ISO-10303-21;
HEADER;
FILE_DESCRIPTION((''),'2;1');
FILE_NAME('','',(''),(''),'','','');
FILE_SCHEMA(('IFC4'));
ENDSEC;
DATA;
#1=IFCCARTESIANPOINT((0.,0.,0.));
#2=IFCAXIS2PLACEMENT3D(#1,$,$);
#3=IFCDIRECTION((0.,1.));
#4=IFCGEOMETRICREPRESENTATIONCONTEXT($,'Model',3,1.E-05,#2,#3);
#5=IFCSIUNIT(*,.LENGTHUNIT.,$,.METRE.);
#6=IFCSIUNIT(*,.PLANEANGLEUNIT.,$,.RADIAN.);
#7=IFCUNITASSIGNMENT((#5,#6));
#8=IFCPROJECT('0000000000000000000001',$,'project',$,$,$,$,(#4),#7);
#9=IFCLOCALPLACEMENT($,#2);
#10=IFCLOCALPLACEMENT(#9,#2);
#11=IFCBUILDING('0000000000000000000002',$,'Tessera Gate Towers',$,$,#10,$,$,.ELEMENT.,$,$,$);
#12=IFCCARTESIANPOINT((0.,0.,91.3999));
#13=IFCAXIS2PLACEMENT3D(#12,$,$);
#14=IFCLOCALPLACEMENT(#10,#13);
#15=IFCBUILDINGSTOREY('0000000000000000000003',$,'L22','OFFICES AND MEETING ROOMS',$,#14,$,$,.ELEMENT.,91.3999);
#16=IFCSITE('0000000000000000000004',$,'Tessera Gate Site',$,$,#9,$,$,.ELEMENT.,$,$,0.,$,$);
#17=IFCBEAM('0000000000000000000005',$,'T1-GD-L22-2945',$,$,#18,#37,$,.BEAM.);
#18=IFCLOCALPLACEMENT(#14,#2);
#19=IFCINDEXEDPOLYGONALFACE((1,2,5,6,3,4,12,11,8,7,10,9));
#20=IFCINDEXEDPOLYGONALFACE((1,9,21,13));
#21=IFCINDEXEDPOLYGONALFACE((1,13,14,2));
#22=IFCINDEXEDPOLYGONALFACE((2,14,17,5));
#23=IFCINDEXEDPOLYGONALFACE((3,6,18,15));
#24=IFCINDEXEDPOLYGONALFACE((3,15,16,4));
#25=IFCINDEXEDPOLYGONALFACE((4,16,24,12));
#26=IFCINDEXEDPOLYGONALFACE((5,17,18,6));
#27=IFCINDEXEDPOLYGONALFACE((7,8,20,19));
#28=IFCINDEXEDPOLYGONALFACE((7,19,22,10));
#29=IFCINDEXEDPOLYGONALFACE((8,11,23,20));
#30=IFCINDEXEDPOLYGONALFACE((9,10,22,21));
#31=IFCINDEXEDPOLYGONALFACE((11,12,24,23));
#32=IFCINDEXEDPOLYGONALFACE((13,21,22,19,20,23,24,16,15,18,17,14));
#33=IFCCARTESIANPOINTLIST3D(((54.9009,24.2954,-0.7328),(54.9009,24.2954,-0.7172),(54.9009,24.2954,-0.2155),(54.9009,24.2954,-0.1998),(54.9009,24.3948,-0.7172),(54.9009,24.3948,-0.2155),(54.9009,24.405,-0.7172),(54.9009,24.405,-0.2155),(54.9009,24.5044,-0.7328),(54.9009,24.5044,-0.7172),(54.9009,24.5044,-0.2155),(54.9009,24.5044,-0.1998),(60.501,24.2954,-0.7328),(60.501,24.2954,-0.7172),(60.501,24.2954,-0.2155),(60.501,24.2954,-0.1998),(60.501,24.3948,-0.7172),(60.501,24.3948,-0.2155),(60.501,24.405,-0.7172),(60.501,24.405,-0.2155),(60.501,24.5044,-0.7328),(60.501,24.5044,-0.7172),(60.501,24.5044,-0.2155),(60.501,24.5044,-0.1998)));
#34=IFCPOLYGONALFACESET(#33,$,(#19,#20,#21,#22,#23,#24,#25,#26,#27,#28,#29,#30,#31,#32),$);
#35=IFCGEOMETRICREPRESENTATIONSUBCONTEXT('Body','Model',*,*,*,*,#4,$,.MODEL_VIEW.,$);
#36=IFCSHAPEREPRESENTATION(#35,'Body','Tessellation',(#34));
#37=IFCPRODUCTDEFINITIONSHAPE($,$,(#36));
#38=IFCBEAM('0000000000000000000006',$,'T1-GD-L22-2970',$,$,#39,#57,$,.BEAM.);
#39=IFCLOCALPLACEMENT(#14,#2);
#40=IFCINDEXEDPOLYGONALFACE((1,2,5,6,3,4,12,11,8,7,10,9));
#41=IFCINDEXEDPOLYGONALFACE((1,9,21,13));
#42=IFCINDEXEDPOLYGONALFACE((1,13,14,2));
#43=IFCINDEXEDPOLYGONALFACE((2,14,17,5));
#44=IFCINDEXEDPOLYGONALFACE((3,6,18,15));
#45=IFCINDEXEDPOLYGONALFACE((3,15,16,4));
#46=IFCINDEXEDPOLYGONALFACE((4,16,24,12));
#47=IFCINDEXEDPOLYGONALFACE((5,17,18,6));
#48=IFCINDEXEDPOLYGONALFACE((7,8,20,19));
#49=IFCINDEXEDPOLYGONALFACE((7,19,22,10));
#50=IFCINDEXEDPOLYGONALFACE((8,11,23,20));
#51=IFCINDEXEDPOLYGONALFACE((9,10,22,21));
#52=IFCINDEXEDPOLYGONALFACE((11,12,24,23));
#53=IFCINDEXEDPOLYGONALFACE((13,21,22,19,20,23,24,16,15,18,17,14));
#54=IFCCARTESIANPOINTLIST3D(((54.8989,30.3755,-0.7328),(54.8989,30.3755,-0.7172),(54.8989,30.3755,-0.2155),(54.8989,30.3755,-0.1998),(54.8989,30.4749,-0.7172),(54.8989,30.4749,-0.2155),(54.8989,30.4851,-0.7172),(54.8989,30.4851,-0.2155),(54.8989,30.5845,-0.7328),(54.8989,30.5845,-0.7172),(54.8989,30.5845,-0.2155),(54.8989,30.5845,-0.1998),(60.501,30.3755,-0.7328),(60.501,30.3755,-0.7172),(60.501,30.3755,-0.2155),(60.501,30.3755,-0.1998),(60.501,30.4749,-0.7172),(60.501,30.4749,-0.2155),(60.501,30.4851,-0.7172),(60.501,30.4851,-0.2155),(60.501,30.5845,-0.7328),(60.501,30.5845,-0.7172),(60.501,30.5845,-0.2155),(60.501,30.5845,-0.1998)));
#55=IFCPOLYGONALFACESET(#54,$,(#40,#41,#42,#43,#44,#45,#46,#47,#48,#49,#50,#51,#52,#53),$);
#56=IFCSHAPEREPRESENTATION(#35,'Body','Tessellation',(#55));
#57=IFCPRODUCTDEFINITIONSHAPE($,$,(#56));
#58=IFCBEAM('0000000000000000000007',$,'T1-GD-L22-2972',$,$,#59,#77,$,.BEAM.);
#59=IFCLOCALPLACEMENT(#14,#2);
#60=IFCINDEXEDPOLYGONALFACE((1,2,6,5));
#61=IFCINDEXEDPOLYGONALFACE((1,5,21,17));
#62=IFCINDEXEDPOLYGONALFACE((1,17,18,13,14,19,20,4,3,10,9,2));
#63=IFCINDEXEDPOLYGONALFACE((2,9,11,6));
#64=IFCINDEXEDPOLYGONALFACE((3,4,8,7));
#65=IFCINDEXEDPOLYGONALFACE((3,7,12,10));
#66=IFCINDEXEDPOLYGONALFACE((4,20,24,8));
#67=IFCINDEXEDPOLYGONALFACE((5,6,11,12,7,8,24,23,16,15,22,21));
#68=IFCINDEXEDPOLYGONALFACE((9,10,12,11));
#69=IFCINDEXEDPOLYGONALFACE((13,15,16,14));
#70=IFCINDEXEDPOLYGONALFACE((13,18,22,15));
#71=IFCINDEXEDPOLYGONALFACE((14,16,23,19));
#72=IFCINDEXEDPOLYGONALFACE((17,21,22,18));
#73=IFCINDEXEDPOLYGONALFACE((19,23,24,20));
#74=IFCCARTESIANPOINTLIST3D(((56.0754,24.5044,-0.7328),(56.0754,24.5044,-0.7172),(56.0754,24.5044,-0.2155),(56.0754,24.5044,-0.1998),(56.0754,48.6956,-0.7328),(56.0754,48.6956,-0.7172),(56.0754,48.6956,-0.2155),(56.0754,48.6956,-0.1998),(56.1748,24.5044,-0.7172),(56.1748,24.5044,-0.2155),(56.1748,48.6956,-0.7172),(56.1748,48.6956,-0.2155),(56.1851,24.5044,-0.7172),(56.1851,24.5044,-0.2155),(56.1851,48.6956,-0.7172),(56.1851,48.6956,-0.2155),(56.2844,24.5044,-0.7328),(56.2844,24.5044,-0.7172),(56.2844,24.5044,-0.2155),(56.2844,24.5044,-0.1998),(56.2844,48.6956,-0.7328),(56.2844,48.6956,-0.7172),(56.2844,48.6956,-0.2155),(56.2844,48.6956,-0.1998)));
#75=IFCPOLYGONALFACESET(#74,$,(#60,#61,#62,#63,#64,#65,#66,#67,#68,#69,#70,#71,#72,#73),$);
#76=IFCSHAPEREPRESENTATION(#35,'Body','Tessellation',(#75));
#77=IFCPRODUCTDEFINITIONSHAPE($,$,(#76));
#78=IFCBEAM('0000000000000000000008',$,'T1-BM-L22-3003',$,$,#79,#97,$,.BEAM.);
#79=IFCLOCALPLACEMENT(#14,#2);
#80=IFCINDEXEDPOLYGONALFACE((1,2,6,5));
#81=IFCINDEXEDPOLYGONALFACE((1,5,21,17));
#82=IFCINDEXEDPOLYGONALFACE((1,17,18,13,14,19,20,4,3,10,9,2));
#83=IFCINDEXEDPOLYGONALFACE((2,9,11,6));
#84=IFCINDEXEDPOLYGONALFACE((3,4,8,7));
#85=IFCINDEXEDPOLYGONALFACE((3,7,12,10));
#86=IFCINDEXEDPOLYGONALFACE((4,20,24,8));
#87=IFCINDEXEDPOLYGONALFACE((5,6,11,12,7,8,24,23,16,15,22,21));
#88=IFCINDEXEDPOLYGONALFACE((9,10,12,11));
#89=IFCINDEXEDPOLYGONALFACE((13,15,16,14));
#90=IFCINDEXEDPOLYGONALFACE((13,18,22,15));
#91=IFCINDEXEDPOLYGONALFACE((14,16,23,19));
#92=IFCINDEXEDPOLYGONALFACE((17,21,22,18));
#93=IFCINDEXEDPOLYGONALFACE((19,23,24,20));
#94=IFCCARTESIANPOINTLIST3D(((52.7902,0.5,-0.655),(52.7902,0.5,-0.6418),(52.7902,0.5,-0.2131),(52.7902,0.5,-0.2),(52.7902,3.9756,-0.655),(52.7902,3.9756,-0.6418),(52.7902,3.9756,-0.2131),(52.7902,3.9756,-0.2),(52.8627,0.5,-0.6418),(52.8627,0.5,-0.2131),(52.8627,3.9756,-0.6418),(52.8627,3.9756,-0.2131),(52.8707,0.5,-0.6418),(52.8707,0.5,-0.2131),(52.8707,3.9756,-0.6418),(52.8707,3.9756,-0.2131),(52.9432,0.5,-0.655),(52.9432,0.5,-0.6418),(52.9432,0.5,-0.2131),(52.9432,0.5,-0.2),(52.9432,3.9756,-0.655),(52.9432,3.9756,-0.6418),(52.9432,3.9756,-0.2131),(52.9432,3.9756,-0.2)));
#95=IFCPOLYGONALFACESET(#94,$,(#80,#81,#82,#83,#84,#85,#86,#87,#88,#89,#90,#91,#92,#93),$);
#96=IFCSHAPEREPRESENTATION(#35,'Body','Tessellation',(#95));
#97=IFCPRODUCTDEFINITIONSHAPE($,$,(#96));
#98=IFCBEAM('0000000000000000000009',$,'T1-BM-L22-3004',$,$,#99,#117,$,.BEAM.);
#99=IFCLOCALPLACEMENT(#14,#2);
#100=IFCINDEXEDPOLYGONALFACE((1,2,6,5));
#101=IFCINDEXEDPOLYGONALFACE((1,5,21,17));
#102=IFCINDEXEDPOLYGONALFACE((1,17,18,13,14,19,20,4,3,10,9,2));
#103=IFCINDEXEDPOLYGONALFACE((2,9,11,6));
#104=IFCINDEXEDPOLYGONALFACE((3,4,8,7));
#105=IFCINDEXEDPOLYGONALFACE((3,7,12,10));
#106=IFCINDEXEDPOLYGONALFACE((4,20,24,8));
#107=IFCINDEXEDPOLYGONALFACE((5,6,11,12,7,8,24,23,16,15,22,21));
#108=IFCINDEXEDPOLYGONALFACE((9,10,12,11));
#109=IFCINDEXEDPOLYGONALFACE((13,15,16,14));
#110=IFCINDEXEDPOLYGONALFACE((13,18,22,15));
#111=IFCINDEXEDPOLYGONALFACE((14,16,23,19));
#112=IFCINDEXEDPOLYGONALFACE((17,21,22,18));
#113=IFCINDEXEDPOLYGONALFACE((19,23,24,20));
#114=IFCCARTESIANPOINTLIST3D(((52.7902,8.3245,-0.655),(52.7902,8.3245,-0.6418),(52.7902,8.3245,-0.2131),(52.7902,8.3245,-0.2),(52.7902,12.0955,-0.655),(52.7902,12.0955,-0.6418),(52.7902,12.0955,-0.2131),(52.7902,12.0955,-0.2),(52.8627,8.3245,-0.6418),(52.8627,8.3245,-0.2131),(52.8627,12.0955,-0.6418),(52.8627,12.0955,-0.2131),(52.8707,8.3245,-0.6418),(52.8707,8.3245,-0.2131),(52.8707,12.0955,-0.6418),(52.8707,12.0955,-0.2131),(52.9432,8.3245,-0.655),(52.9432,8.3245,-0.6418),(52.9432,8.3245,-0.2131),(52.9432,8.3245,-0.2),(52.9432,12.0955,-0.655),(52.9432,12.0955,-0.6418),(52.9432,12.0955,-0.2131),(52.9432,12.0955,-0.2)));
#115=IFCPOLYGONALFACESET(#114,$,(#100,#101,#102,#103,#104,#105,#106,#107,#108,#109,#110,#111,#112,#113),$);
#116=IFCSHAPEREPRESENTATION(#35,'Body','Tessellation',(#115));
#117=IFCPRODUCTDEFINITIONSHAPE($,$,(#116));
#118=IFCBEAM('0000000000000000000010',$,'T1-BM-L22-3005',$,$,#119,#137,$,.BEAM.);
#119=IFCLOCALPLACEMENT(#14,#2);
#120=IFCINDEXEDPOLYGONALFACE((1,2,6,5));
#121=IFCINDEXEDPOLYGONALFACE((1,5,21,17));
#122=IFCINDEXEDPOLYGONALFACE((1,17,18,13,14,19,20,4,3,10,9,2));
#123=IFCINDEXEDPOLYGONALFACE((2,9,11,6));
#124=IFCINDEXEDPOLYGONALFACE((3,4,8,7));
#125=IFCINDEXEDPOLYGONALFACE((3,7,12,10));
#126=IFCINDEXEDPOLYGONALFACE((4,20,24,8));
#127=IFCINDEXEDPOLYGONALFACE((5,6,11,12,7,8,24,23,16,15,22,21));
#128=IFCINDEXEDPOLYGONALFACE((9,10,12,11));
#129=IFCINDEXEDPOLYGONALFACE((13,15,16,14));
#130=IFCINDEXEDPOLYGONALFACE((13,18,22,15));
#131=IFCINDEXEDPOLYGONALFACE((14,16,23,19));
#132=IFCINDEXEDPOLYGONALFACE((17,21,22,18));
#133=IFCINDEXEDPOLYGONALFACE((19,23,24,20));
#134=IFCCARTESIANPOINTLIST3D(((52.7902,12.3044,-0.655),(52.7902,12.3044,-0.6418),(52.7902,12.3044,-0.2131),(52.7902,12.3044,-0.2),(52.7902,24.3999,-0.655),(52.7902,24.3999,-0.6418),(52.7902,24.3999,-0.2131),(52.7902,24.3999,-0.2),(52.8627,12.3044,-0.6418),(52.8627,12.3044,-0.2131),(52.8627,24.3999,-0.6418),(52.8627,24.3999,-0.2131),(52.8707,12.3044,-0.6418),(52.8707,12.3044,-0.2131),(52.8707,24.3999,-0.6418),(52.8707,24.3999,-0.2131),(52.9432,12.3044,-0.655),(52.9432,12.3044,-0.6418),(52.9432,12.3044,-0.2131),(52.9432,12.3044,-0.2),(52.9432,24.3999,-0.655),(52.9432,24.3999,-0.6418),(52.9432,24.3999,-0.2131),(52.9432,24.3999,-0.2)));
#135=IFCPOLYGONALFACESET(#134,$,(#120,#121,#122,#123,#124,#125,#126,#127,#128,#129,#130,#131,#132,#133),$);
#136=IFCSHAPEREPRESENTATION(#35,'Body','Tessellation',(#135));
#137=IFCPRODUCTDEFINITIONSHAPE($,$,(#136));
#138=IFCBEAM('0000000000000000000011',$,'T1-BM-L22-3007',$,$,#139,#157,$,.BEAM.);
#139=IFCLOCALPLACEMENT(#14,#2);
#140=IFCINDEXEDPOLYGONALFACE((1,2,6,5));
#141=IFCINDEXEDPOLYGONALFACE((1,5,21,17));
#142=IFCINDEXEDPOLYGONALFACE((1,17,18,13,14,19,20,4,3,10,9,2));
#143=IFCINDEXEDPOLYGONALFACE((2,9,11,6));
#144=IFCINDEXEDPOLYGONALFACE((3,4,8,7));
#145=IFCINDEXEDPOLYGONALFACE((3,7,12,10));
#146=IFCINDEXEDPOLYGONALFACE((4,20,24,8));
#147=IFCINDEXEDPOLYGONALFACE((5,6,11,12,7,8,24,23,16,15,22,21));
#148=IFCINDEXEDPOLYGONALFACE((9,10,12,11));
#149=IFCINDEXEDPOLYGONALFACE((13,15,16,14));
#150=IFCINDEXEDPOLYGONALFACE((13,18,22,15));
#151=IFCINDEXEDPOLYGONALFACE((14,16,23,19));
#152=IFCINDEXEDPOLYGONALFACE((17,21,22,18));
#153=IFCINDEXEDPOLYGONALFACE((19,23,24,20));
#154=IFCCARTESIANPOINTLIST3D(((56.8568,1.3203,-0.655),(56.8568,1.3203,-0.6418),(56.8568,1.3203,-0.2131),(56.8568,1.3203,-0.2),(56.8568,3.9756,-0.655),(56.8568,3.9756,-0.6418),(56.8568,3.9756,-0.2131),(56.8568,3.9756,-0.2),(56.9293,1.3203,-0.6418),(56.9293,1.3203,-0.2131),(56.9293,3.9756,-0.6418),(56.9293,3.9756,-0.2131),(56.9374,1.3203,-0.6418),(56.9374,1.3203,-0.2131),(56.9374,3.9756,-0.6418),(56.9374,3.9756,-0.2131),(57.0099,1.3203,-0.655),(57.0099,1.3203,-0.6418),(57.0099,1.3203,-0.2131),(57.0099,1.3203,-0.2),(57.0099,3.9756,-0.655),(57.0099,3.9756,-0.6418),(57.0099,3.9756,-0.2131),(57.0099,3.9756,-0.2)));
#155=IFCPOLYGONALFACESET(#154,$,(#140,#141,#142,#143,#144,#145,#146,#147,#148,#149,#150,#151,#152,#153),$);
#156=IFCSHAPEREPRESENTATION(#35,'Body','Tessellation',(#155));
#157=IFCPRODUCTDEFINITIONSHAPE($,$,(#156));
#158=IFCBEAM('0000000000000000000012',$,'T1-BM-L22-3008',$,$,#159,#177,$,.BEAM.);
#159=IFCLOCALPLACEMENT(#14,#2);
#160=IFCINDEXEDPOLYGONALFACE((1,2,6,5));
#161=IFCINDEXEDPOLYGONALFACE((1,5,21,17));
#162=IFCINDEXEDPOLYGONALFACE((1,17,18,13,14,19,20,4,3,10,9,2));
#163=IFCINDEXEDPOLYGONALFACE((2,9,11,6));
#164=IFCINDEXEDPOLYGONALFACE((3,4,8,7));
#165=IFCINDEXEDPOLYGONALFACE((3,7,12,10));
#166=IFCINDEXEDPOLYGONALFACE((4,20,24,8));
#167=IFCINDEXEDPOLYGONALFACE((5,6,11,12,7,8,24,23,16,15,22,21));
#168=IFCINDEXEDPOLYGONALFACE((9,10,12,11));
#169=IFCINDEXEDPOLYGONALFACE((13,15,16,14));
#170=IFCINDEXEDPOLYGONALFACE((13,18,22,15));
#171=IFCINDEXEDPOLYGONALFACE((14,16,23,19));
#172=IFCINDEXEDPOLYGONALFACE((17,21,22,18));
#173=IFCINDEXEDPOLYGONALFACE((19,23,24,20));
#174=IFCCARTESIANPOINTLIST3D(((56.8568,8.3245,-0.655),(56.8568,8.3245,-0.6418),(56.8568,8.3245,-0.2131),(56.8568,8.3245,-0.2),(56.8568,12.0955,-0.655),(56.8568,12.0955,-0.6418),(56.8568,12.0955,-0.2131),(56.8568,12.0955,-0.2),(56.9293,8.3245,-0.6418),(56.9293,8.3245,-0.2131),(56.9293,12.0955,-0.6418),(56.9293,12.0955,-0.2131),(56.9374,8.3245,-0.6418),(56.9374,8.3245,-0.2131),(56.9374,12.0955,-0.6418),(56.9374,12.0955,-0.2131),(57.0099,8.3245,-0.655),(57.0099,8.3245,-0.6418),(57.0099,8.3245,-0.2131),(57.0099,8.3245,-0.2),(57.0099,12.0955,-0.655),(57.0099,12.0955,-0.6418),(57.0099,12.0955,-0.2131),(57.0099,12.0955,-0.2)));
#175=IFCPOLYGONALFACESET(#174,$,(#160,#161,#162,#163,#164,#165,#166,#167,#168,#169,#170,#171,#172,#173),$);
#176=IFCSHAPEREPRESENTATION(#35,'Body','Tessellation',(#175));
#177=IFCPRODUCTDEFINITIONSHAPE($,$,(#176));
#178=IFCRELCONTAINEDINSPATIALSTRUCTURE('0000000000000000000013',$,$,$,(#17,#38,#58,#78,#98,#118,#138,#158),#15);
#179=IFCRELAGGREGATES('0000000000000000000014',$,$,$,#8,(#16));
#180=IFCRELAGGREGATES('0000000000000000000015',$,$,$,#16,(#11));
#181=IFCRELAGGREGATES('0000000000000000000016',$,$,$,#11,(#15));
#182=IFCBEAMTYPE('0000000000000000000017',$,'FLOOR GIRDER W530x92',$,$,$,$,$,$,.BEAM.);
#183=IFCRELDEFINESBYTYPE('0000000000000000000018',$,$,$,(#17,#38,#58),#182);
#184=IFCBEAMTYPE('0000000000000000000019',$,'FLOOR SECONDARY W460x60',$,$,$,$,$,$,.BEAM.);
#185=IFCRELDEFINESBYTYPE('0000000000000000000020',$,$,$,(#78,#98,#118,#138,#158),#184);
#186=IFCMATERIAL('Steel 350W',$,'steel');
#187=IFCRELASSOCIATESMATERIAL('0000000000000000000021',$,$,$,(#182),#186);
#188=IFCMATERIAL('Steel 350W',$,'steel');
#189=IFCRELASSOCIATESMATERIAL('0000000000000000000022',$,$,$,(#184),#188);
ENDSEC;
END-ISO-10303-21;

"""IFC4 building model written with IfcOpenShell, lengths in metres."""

from ifc_helpers import new_model, si_unit, direction, frame, origin, origin_2d, place, context, subcontext, project, spatial, i_section, extrude, material, material_profile, profile_set, type_object, element, save


model = new_model("IFC4")

# Units and contexts
model_context = context("Model", 3, precision=1e-05, world=origin(), true_north=direction((0.0, 1.0)))
body_context = subcontext(model_context, "Body", "Model", "MODEL_VIEW")
ifc_project = project(units=[si_unit("LENGTHUNIT", "METRE"), si_unit("PLANEANGLEUNIT", "RADIAN")], contexts=[model_context])

# Site, building, storey
site_placement = place(None, origin())
site = spatial("IfcSite", under=ifc_project, at=site_placement, Name="Tessera Gate Site", CompositionType="ELEMENT", RefElevation=0.0)
building_placement = place(site_placement, origin())
building = spatial("IfcBuilding", under=site, at=building_placement, Name="Tessera Gate Towers", CompositionType="ELEMENT")
storey_placement = place(building_placement, frame((0.0, 0.0, 91.3999)))
storey = spatial("IfcBuildingStorey", under=building, at=storey_placement, Name="L22", Description="OFFICES AND MEETING ROOMS", CompositionType="ELEMENT", Elevation=91.3999)

# Beams
ifc_material_1 = material(Name="Steel 350W", Category="steel")
ifc_material_profile_1 = material_profile(ifc_material_1, i_section(OverallWidth=0.209, OverallDepth=0.533, WebThickness=0.0103, FlangeThickness=0.0156, at=origin_2d()), Name="W530x92")
ifc_profile_set_1 = profile_set([ifc_material_profile_1], Name="Steel 350W")
beam_type_1 = type_object("IfcBeamType", Name="FLOOR GIRDER W530x92", PredefinedType="BEAM", material=ifc_profile_set_1)
beam_1_placement = place(storey_placement, frame((54.9009, 24.3999, -0.4663), z_axis=(1.0, 0.0, 0.0), x_axis=(0.0, 1.0, 0.0)))
element("IfcBeam", 1, at=beam_1_placement, inside=storey, type_object=beam_type_1, Name="T1-GD-L22-2945", PredefinedType="BEAM", context=body_context, shape_type="SweptSolid", body=[
    extrude(i_section(OverallWidth=0.209, OverallDepth=0.533, WebThickness=0.0103, FlangeThickness=0.0156, at=origin_2d()), origin(), (0.0, 0.0, 1.0), 5.6001),
])
beam_2_placement = place(storey_placement, frame((54.8989, 30.48, -0.4663), z_axis=(1.0, 0.0, 0.0), x_axis=(0.0, 1.0, 0.0)))
element("IfcBeam", 2, at=beam_2_placement, inside=storey, type_object=beam_type_1, Name="T1-GD-L22-2970", PredefinedType="BEAM", context=body_context, shape_type="SweptSolid", body=[
    extrude(i_section(OverallWidth=0.209, OverallDepth=0.533, WebThickness=0.0103, FlangeThickness=0.0156, at=origin_2d()), origin(), (0.0, 0.0, 1.0), 5.6021),
])
beam_3_placement = place(storey_placement, frame((56.1799, 24.5044, -0.4663), z_axis=(0.0, 1.0, 0.0), x_axis=(-1.0, 0.0, 0.0)))
element("IfcBeam", 3, at=beam_3_placement, inside=storey, type_object=beam_type_1, Name="T1-GD-L22-2972", PredefinedType="BEAM", context=body_context, shape_type="SweptSolid", body=[
    extrude(i_section(OverallWidth=0.209, OverallDepth=0.533, WebThickness=0.0103, FlangeThickness=0.0156, at=origin_2d()), origin(), (0.0, 0.0, 1.0), 24.1912),
])
ifc_material_2 = material(Name="Steel 350W", Category="steel")
ifc_material_profile_2 = material_profile(ifc_material_2, i_section(OverallWidth=0.1531, OverallDepth=0.4551, WebThickness=0.0081, FlangeThickness=0.0132, at=origin_2d()), Name="W460x60")
ifc_profile_set_2 = profile_set([ifc_material_profile_2], Name="Steel 350W")
beam_type_2 = type_object("IfcBeamType", Name="FLOOR SECONDARY W460x60", PredefinedType="BEAM", material=ifc_profile_set_2)
beam_4_placement = place(storey_placement, frame((52.8667, 0.5, -0.4275), z_axis=(0.0, 1.0, 0.0), x_axis=(-1.0, 0.0, 0.0)))
element("IfcBeam", 4, at=beam_4_placement, inside=storey, type_object=beam_type_2, Name="T1-BM-L22-3003", PredefinedType="BEAM", context=body_context, shape_type="SweptSolid", body=[
    extrude(i_section(OverallWidth=0.1531, OverallDepth=0.4551, WebThickness=0.0081, FlangeThickness=0.0132, at=origin_2d()), origin(), (0.0, 0.0, 1.0), 3.4756),
])
beam_5_placement = place(storey_placement, frame((52.8667, 8.3245, -0.4275), z_axis=(0.0, 1.0, 0.0), x_axis=(-1.0, 0.0, 0.0)))
element("IfcBeam", 5, at=beam_5_placement, inside=storey, type_object=beam_type_2, Name="T1-BM-L22-3004", PredefinedType="BEAM", context=body_context, shape_type="SweptSolid", body=[
    extrude(i_section(OverallWidth=0.1531, OverallDepth=0.4551, WebThickness=0.0081, FlangeThickness=0.0132, at=origin_2d()), origin(), (0.0, 0.0, 1.0), 3.771),
])
beam_6_placement = place(storey_placement, frame((52.8667, 12.3044, -0.4275), z_axis=(0.0, 1.0, 0.0), x_axis=(-1.0, 0.0, 0.0)))
element("IfcBeam", 6, at=beam_6_placement, inside=storey, type_object=beam_type_2, Name="T1-BM-L22-3005", PredefinedType="BEAM", context=body_context, shape_type="SweptSolid", body=[
    extrude(i_section(OverallWidth=0.1531, OverallDepth=0.4551, WebThickness=0.0081, FlangeThickness=0.0132, at=origin_2d()), origin(), (0.0, 0.0, 1.0), 12.0955),
])
beam_7_placement = place(storey_placement, frame((56.9333, 1.3203, -0.4275), z_axis=(0.0, 1.0, 0.0), x_axis=(-1.0, 0.0, 0.0)))
element("IfcBeam", 7, at=beam_7_placement, inside=storey, type_object=beam_type_2, Name="T1-BM-L22-3007", PredefinedType="BEAM", context=body_context, shape_type="SweptSolid", body=[
    extrude(i_section(OverallWidth=0.1531, OverallDepth=0.4551, WebThickness=0.0081, FlangeThickness=0.0132, at=origin_2d()), origin(), (0.0, 0.0, 1.0), 2.6553),
])
beam_8_placement = place(storey_placement, frame((56.9333, 8.3245, -0.4275), z_axis=(0.0, 1.0, 0.0), x_axis=(-1.0, 0.0, 0.0)))
element("IfcBeam", 8, at=beam_8_placement, inside=storey, type_object=beam_type_2, Name="T1-BM-L22-3008", PredefinedType="BEAM", context=body_context, shape_type="SweptSolid", body=[
    extrude(i_section(OverallWidth=0.1531, OverallDepth=0.4551, WebThickness=0.0081, FlangeThickness=0.0132, at=origin_2d()), origin(), (0.0, 0.0, 1.0), 3.771),
])

save(model, "model.ifc")
